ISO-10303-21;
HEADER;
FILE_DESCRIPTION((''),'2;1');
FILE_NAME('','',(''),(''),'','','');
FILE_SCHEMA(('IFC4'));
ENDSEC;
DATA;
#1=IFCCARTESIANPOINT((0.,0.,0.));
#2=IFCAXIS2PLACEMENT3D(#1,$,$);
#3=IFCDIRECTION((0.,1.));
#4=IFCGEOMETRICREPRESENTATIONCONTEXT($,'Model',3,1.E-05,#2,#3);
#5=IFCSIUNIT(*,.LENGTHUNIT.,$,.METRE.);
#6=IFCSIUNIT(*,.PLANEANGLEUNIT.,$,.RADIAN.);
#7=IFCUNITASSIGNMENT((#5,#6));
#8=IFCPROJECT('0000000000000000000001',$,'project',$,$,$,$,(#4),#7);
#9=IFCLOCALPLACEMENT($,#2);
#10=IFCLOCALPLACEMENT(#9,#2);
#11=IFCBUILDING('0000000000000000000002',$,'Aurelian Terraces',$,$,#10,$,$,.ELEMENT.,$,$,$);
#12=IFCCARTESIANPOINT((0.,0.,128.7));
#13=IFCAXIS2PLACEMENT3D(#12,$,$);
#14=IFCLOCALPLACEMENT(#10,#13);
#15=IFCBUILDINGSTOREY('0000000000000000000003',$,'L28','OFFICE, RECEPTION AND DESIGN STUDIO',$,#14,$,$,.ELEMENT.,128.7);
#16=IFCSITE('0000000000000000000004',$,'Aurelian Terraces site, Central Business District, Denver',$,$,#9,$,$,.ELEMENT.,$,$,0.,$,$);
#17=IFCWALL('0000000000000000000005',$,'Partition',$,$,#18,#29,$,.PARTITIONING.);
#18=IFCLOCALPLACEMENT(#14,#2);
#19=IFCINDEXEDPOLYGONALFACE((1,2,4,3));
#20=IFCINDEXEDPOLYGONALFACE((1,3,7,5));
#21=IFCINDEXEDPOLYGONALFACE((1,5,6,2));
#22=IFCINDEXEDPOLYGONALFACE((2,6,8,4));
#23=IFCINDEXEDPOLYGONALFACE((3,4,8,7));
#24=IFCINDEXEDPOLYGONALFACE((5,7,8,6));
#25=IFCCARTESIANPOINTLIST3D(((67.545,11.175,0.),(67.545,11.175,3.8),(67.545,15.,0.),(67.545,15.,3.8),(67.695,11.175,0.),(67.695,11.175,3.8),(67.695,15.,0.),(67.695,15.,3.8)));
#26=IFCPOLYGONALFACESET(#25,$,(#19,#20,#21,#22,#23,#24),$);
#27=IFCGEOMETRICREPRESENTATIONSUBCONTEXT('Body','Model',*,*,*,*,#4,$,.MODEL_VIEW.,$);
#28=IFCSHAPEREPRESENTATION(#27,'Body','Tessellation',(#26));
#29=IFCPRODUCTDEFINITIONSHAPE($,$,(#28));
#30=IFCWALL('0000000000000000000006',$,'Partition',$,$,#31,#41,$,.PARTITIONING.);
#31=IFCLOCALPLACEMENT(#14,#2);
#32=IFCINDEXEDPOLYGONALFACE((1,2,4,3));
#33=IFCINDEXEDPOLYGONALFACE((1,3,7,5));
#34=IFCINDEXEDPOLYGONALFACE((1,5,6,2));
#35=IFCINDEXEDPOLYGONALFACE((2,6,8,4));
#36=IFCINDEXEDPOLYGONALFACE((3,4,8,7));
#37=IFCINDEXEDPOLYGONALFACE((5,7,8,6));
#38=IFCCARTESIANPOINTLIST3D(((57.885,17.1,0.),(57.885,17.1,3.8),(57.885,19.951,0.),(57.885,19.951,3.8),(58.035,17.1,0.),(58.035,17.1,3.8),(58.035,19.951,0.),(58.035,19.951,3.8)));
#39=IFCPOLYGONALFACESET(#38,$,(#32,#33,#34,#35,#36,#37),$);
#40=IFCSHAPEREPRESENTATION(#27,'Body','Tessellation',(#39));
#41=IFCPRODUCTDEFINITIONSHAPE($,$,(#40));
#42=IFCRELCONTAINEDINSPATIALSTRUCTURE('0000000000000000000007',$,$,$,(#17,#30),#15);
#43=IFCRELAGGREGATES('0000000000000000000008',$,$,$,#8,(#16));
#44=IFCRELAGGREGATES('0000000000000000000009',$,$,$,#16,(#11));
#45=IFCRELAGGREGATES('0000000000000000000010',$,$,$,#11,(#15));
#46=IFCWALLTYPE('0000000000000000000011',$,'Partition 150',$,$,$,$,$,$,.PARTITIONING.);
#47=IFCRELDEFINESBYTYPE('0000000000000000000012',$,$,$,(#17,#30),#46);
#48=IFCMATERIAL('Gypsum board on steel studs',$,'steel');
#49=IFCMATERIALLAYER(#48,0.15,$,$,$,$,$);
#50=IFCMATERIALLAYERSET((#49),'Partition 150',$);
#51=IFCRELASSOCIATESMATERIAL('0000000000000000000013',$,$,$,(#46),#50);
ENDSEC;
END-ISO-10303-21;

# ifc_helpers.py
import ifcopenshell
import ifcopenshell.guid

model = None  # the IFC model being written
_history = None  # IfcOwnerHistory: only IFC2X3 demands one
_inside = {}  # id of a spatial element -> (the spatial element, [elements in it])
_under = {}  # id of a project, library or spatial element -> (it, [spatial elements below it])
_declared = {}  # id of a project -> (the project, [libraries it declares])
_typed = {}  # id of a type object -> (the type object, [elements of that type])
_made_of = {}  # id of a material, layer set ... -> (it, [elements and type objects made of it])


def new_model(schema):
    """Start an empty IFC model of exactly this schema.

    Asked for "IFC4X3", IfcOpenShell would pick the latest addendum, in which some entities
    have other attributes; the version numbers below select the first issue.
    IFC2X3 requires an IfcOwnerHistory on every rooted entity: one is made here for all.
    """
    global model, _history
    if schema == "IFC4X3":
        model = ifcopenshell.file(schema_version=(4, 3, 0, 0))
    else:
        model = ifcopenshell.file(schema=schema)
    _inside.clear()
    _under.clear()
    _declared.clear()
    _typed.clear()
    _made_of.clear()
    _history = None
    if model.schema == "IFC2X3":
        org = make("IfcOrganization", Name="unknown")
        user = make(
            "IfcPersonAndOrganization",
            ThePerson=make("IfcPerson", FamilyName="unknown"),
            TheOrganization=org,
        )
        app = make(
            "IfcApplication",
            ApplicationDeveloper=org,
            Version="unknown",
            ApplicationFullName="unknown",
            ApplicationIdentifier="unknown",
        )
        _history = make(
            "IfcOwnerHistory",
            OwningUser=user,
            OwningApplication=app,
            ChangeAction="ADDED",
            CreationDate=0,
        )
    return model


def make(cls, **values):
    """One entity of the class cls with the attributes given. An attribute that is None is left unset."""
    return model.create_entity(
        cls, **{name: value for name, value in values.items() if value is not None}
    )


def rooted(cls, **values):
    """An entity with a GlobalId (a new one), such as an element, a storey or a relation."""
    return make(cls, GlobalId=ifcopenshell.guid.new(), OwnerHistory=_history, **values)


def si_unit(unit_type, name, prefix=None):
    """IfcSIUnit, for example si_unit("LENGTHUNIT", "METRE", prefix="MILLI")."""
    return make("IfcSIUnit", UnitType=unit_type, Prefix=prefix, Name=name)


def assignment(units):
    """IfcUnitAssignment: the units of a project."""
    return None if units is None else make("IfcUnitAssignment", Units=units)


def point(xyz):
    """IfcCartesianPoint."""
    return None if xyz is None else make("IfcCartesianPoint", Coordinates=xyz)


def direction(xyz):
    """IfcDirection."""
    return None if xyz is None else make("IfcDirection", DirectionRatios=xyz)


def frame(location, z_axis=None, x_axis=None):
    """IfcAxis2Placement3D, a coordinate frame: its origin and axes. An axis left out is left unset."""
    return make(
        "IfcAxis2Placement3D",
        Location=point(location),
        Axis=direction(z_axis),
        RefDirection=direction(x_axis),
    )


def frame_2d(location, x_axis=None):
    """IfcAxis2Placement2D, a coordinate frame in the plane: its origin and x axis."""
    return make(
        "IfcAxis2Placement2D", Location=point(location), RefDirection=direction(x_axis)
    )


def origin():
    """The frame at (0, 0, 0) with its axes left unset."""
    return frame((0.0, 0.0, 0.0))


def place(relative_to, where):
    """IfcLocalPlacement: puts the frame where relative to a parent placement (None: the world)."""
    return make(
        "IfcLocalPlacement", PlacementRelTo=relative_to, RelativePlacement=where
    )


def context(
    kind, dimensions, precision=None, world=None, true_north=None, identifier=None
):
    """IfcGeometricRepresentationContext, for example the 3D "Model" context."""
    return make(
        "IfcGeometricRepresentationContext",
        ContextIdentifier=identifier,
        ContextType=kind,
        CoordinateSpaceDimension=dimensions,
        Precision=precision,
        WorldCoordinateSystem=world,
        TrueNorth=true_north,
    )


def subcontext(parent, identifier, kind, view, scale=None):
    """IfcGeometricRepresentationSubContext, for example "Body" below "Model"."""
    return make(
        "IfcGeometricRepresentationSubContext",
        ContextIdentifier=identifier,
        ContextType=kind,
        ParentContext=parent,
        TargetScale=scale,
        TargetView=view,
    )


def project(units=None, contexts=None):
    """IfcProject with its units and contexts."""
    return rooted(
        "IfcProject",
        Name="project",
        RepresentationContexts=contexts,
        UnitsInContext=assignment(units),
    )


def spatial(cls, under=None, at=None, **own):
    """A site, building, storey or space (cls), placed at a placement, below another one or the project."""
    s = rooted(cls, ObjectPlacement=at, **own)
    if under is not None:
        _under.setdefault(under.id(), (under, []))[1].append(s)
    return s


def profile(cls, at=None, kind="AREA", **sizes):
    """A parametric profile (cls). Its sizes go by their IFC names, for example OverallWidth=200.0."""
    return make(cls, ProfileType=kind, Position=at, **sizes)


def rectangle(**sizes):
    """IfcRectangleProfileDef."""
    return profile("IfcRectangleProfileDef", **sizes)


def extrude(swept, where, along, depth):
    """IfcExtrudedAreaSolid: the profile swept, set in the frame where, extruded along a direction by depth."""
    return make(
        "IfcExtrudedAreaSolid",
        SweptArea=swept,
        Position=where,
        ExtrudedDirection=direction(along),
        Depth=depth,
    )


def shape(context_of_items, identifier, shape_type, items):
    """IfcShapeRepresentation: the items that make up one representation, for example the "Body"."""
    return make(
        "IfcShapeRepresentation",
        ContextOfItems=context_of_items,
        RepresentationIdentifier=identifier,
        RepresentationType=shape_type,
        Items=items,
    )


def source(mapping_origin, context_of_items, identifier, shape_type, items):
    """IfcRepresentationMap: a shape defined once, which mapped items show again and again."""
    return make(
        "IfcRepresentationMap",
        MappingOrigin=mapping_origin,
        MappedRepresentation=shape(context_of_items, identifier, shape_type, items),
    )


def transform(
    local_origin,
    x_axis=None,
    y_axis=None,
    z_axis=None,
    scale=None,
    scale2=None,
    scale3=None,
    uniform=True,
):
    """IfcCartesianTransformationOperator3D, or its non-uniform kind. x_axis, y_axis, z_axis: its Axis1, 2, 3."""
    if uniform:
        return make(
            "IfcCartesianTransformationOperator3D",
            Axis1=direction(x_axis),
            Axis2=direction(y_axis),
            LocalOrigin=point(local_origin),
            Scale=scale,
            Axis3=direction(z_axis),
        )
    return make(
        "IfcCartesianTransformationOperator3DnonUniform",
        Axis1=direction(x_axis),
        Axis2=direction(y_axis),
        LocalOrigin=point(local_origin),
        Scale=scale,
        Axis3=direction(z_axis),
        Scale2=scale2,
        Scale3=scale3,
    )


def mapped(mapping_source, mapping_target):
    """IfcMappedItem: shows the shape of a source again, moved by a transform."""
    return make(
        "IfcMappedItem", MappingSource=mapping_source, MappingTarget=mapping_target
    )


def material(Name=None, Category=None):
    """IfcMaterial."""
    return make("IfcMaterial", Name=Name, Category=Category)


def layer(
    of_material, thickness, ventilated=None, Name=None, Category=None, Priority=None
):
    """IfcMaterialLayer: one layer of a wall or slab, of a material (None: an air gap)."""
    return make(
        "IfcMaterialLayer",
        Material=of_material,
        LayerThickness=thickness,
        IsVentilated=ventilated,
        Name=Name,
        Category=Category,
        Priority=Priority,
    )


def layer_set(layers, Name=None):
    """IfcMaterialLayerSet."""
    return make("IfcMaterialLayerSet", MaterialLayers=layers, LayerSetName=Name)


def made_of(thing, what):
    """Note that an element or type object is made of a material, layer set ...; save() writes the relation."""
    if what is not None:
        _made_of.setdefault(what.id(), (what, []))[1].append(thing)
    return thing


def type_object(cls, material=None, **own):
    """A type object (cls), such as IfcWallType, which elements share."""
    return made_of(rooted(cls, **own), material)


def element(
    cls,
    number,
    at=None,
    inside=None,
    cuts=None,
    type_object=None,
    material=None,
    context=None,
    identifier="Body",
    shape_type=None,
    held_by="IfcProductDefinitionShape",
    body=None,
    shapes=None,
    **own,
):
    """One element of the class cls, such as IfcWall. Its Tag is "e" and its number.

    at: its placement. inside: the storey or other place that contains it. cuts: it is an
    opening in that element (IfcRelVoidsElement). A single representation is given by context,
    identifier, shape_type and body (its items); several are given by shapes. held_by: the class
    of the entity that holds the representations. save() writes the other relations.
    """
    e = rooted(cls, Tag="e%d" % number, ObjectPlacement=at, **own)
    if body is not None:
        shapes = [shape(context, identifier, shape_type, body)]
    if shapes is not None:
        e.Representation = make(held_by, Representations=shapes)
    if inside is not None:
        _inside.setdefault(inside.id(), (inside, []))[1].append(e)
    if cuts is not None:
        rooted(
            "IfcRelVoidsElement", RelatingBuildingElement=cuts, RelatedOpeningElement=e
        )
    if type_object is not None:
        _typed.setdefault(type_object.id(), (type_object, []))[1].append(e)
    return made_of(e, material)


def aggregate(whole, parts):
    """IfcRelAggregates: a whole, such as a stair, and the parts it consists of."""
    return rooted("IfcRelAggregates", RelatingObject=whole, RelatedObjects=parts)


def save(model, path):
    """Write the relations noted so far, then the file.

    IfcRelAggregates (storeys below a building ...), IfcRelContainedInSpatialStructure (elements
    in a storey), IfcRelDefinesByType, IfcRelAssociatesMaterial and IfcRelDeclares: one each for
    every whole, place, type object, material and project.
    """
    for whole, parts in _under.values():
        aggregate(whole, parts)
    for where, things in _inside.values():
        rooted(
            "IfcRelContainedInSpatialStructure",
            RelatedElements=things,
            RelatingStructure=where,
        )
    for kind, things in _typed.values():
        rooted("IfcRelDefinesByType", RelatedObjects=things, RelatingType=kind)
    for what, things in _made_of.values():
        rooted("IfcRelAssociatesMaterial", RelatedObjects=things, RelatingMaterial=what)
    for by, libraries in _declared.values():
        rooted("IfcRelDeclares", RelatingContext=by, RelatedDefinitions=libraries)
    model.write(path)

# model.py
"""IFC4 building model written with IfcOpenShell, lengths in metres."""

from ifc_helpers import new_model, si_unit, direction, frame, frame_2d, origin, place, context, subcontext, project, spatial, rectangle, extrude, source, transform, mapped, material, layer, layer_set, type_object, element, save


model = new_model("IFC4")

# Units and contexts
model_context = context("Model", 3, precision=1e-05, world=origin(), true_north=direction((0.0, 1.0)))
body_context = subcontext(model_context, "Body", "Model", "MODEL_VIEW")
ifc_project = project(units=[si_unit("LENGTHUNIT", "METRE"), si_unit("PLANEANGLEUNIT", "RADIAN")], contexts=[model_context])

# Site, building, storey
site_placement = place(None, origin())
site = spatial("IfcSite", under=ifc_project, at=site_placement, Name="Aurelian Terraces site, Central Business District, Denver", CompositionType="ELEMENT", RefElevation=0.0)
building_placement = place(site_placement, origin())
building = spatial("IfcBuilding", under=site, at=building_placement, Name="Aurelian Terraces", CompositionType="ELEMENT")
storey_placement = place(building_placement, frame((0.0, 0.0, 128.7)))
storey = spatial("IfcBuildingStorey", under=building, at=storey_placement, Name="L28", Description="OFFICE, RECEPTION AND DESIGN STUDIO", CompositionType="ELEMENT", Elevation=128.7)

# Shared definitions
ifc_material_1 = material(Name="Gypsum board on steel studs", Category="steel")
ifc_layer_1 = layer(ifc_material_1, 0.15)
ifc_layer_set_1 = layer_set([ifc_layer_1], Name="Partition 150")
wall_type_1 = type_object("IfcWallType", Name="Partition 150", PredefinedType="PARTITIONING", material=ifc_layer_set_1)

# Walls
shared_shape_1 = source(origin(), body_context, "Body", "SweptSolid", [
    extrude(rectangle(XDim=3.825, YDim=0.15, at=frame_2d((1.9125, 0.0))), origin(), (0.0, 0.0, 1.0), 3.8),
])
wall_1_placement = place(storey_placement, frame((67.62, 11.175, 0.0), z_axis=(0.0, 0.0, 1.0), x_axis=(0.0, 1.0, 0.0)))
element("IfcWall", 1, at=wall_1_placement, inside=storey, type_object=wall_type_1, Name="Partition", PredefinedType="PARTITIONING", context=body_context, shape_type="MappedRepresentation", body=[
    mapped(shared_shape_1, transform((0.0, 0.0, 0.0), scale=1.0)),
])
shared_shape_2 = source(origin(), body_context, "Body", "SweptSolid", [
    extrude(rectangle(XDim=2.851, YDim=0.15, at=frame_2d((1.4255, 0.0))), origin(), (0.0, 0.0, 1.0), 3.8),
])
wall_2_placement = place(storey_placement, frame((57.96, 17.1, 0.0), z_axis=(0.0, 0.0, 1.0), x_axis=(0.0, 1.0, 0.0)))
element("IfcWall", 2, at=wall_2_placement, inside=storey, type_object=wall_type_1, Name="Partition", PredefinedType="PARTITIONING", context=body_context, shape_type="MappedRepresentation", body=[
    mapped(shared_shape_2, transform((0.0, 0.0, 0.0), scale=1.0)),
])

save(model, "model.ifc")
